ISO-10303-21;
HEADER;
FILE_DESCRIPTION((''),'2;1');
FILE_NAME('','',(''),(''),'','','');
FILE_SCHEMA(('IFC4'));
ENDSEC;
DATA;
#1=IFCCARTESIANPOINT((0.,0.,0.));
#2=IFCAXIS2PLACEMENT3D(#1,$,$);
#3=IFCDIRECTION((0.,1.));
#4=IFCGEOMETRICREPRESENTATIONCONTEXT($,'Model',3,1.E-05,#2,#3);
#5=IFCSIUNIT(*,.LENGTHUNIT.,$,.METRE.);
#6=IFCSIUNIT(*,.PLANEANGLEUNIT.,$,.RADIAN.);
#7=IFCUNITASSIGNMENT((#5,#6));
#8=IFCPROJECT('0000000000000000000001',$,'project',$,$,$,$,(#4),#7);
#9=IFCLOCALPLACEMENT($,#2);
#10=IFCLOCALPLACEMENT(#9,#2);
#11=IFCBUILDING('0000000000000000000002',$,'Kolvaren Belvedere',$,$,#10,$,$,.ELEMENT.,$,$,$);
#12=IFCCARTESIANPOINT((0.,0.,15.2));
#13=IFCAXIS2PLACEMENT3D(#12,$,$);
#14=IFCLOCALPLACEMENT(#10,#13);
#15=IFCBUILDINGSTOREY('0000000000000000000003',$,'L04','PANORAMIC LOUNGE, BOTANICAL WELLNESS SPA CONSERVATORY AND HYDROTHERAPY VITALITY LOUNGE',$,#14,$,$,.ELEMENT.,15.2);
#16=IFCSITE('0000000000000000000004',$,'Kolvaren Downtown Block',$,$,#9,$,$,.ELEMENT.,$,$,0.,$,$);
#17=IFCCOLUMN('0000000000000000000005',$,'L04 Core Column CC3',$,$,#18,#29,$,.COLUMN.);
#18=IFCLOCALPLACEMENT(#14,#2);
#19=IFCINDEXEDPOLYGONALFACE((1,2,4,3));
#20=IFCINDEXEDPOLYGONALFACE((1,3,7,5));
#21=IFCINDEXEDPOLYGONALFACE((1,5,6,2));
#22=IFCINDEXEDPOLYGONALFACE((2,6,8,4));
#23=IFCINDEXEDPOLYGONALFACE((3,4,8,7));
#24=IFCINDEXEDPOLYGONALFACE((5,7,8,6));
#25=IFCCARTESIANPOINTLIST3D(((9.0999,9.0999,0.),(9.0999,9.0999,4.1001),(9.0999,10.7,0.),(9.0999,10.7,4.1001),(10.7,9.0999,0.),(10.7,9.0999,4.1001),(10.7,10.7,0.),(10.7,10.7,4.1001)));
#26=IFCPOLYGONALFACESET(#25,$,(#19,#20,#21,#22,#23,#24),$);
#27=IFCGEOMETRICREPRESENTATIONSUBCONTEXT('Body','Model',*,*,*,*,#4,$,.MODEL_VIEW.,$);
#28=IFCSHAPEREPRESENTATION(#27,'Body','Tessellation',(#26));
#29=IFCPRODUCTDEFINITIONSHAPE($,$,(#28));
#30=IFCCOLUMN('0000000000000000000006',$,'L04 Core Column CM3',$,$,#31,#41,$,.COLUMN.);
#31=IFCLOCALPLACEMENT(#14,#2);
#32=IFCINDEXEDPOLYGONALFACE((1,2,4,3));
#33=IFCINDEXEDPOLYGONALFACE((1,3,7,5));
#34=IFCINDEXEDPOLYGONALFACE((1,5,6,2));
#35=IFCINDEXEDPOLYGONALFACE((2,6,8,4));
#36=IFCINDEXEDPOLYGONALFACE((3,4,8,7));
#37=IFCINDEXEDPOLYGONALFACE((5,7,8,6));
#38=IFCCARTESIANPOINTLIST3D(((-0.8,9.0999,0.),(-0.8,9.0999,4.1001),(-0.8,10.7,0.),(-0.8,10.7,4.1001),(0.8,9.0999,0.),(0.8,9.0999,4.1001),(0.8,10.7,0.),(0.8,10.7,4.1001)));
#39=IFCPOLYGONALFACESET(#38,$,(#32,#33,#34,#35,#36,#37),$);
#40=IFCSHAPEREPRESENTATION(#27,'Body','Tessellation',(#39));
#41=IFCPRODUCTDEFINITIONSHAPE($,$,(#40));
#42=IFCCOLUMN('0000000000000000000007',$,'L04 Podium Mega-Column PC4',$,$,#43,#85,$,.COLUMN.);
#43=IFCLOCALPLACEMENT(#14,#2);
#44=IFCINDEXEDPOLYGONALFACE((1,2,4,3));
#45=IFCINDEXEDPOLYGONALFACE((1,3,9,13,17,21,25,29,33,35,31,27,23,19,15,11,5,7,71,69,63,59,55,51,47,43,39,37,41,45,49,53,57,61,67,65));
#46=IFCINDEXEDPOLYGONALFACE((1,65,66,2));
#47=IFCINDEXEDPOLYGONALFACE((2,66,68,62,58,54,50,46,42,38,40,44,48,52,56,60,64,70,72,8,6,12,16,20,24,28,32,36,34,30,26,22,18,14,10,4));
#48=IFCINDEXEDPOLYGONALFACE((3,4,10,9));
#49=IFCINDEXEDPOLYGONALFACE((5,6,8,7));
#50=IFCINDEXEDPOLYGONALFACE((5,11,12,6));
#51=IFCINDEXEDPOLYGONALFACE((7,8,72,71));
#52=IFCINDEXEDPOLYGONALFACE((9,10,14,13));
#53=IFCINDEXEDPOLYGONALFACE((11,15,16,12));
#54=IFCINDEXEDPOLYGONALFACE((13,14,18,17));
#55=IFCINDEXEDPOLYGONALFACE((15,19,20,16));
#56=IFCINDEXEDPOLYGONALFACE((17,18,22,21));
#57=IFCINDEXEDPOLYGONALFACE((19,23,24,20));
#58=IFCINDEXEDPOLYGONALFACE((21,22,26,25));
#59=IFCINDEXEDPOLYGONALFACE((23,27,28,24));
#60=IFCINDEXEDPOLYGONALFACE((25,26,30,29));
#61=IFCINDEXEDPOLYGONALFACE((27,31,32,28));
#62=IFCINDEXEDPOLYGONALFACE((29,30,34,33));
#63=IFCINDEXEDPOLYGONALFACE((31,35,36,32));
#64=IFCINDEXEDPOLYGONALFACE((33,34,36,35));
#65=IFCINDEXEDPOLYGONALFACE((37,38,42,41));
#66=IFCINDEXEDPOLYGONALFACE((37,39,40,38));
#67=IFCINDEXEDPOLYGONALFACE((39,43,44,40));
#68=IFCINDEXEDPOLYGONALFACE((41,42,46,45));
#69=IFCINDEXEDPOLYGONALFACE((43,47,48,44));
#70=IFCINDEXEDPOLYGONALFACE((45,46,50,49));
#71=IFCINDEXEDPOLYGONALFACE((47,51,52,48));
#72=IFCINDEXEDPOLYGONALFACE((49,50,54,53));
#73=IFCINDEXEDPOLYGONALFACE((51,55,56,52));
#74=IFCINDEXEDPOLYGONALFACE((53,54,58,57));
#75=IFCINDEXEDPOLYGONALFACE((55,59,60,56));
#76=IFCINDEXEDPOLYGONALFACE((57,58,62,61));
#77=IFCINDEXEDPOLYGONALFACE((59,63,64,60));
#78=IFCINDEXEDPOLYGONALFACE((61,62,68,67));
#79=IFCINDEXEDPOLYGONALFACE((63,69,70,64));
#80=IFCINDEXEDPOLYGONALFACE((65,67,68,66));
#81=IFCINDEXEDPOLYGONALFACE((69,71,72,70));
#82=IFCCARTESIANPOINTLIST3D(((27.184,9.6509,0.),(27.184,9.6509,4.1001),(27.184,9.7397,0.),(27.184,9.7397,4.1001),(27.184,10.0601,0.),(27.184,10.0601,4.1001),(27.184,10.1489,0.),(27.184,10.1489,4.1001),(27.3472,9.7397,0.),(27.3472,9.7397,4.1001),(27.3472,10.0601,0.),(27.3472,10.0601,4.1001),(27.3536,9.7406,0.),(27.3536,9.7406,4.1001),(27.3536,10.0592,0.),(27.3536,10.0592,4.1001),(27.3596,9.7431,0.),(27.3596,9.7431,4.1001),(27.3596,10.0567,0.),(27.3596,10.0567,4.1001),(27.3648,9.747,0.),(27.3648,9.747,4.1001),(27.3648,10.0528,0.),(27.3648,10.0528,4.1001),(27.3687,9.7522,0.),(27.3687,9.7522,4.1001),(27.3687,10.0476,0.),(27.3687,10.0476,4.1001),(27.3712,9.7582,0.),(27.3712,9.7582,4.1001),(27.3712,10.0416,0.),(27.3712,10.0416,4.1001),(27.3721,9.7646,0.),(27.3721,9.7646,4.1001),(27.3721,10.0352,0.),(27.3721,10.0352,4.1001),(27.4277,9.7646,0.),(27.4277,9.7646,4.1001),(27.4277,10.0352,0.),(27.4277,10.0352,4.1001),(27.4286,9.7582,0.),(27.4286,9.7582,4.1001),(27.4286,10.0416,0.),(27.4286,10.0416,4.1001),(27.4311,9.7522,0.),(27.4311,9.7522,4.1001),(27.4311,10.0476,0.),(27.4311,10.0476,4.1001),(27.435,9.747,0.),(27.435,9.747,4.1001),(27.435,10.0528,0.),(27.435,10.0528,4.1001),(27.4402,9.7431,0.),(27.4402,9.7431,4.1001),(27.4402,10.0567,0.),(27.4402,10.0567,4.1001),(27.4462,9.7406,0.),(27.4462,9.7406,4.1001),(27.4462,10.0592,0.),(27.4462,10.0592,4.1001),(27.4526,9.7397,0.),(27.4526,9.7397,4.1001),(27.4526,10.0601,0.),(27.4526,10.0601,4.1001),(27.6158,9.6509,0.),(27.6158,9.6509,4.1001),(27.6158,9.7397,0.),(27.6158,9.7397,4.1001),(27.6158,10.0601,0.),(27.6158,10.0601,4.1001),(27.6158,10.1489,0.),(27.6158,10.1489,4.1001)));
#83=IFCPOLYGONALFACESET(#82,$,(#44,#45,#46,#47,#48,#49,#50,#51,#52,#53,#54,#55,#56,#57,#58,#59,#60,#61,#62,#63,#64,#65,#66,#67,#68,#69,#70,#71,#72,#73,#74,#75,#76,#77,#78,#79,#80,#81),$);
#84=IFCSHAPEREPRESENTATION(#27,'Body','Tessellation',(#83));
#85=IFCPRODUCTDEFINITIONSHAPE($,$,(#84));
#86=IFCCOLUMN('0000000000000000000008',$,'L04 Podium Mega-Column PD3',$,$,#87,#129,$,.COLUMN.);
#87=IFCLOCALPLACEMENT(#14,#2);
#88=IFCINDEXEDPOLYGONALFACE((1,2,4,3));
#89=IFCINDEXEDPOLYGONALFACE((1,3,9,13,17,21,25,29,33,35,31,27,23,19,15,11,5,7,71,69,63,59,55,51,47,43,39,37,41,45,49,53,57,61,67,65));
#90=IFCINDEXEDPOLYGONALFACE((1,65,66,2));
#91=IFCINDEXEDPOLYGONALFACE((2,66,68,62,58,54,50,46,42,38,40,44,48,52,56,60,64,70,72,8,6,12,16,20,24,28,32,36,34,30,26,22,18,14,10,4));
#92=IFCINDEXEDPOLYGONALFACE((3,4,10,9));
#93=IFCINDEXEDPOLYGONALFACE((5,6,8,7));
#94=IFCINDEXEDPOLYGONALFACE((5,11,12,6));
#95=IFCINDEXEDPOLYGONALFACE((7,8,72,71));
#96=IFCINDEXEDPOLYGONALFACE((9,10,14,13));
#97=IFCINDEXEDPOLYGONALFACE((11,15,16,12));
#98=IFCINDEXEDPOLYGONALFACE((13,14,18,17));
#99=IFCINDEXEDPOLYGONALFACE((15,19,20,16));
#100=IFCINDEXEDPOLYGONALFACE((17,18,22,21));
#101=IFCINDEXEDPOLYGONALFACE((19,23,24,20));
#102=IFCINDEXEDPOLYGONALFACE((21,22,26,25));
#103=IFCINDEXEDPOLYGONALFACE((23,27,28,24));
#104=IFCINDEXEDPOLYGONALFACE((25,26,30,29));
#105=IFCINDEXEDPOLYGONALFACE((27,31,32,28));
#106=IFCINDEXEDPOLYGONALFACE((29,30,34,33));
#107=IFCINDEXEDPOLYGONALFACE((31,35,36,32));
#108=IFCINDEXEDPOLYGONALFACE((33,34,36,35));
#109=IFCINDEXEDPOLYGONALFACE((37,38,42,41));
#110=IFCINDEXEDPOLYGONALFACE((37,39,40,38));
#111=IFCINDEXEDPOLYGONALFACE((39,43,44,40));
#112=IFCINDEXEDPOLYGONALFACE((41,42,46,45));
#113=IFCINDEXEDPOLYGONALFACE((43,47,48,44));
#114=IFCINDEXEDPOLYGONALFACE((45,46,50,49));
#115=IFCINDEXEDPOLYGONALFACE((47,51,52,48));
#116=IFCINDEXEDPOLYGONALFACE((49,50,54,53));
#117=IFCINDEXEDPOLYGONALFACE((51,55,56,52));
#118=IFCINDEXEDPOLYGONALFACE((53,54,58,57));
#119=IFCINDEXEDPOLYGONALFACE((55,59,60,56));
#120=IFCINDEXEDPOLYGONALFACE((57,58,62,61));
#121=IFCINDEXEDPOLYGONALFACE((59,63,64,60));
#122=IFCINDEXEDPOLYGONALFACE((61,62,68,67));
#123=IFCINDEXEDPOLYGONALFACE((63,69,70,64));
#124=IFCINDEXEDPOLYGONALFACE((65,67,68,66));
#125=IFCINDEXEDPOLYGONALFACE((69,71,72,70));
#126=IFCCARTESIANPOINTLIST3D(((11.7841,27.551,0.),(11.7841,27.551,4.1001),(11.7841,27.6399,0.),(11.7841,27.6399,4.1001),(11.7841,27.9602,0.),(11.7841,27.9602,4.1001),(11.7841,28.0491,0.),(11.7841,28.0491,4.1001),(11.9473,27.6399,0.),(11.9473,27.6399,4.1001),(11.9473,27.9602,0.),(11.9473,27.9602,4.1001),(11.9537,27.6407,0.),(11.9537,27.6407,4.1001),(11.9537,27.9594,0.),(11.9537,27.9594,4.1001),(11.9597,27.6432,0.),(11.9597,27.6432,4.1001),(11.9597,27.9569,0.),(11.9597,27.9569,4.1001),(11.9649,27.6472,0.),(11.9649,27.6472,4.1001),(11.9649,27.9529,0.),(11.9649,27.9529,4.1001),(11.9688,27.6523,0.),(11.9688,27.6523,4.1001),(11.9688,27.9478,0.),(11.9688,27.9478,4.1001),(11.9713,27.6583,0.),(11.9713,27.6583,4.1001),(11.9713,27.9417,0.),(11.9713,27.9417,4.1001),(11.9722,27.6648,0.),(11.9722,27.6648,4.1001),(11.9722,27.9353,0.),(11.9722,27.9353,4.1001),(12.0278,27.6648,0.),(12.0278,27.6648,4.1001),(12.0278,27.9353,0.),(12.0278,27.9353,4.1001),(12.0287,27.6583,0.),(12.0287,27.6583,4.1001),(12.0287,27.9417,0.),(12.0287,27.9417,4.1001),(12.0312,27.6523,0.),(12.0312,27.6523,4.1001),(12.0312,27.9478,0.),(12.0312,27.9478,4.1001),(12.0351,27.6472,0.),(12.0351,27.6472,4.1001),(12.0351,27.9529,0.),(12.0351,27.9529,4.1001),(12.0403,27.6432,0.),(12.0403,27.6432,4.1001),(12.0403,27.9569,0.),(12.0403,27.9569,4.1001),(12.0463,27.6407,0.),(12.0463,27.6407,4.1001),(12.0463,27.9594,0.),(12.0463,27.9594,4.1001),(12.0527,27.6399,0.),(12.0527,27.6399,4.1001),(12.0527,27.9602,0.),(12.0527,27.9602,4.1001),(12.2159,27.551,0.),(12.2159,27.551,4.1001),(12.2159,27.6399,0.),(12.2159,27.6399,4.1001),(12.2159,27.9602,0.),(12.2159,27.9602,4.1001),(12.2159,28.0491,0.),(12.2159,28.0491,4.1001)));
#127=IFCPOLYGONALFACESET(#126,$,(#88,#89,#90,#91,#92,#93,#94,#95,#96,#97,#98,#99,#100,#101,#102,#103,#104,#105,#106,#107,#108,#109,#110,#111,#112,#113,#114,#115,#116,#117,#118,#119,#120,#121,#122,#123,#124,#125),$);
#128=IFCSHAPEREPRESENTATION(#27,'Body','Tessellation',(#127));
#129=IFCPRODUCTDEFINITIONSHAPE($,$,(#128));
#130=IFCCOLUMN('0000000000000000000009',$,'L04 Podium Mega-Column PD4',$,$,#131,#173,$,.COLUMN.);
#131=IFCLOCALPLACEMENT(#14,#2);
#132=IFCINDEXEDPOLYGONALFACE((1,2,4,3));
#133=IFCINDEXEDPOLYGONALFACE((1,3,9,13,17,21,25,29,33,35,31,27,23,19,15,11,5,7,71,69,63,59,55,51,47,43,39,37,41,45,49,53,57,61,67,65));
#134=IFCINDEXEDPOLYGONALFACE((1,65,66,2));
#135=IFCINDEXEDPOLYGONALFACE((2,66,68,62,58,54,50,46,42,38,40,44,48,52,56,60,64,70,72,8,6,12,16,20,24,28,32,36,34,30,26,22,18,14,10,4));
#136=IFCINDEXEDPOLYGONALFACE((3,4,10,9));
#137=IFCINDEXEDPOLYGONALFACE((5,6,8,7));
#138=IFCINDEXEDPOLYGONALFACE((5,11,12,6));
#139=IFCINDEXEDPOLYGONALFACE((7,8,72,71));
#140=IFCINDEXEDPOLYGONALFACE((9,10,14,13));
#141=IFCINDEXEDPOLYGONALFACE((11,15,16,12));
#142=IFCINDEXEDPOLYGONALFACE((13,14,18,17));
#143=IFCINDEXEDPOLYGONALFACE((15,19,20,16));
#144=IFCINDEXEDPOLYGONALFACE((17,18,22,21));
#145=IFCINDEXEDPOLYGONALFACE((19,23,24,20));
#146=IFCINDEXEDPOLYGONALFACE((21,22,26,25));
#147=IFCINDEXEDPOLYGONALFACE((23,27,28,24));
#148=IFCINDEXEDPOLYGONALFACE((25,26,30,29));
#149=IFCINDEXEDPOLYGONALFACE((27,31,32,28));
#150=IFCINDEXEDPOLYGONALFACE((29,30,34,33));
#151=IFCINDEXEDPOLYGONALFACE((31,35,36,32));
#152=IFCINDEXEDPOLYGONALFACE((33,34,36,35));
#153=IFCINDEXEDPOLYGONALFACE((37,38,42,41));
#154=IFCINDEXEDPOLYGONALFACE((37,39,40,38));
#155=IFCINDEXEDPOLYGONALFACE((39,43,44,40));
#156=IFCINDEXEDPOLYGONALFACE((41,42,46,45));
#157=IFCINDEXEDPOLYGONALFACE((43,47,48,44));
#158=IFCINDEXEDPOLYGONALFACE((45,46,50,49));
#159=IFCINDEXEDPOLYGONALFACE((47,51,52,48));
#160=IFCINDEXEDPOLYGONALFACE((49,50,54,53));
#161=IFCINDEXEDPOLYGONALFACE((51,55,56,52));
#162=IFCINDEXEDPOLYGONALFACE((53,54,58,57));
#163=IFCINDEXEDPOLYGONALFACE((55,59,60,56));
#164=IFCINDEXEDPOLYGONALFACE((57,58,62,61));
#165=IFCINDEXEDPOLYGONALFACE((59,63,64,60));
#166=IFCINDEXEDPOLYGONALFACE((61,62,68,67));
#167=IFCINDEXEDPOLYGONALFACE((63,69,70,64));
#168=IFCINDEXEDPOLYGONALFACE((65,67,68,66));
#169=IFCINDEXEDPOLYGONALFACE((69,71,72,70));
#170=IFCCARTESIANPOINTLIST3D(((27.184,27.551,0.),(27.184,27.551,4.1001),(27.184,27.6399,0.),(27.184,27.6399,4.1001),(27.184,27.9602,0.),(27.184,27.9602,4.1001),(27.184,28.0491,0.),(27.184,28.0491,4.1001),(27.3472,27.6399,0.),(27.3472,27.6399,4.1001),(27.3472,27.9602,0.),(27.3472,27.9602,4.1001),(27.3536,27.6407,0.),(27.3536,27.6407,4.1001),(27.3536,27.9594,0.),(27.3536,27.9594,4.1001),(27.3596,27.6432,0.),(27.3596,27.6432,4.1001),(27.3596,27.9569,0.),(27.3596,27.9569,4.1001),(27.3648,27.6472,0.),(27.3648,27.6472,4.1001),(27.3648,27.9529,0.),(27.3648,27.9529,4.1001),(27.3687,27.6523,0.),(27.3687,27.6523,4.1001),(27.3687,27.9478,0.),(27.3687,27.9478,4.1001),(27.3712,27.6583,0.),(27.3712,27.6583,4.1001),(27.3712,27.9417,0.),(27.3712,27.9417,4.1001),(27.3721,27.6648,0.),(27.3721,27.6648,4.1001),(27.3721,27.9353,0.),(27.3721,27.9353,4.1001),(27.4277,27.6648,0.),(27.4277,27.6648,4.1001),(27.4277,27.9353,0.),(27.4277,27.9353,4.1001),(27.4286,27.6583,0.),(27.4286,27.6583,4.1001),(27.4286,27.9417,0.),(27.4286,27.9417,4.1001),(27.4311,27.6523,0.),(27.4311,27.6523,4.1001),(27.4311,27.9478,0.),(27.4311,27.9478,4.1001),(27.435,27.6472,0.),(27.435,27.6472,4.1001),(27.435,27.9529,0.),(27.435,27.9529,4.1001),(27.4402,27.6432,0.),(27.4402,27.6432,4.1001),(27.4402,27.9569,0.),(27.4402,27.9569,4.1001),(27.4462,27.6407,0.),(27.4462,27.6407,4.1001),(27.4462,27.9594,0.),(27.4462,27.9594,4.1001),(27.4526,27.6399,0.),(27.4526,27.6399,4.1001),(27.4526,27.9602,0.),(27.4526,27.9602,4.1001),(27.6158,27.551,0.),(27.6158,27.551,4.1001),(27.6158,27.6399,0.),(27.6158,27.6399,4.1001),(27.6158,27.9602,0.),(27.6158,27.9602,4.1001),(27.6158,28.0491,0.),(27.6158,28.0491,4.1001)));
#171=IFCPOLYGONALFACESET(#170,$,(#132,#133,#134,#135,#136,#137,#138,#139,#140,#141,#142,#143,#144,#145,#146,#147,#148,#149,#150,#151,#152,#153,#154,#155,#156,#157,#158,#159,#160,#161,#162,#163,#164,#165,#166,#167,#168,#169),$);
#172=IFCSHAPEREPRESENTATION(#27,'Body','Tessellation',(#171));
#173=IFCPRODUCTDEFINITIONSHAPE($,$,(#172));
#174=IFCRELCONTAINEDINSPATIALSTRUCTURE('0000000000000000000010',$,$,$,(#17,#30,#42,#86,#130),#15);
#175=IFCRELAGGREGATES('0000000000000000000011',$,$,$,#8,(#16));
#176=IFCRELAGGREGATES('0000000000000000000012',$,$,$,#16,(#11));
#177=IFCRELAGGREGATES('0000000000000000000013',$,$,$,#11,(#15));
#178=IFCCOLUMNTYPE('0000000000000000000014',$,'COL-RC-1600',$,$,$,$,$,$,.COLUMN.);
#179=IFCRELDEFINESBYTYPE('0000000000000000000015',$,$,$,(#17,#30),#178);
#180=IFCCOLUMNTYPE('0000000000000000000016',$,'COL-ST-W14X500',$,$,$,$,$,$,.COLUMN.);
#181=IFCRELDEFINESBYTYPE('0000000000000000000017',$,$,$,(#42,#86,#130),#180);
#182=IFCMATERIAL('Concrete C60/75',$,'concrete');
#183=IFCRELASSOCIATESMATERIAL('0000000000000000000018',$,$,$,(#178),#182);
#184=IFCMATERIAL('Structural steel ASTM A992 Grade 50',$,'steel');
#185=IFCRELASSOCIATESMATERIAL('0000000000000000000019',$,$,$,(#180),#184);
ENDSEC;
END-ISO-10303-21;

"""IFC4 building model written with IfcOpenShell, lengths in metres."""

from ifc_helpers import new_model, si_unit, direction, frame, origin, origin_2d, place, context, subcontext, project, spatial, rectangle, i_section, extrude, material, material_profile, profile_set, type_object, element, save


model = new_model("IFC4")

# Units and contexts
model_context = context("Model", 3, precision=1e-05, world=origin(), true_north=direction((0.0, 1.0)))
body_context = subcontext(model_context, "Body", "Model", "MODEL_VIEW")
ifc_project = project(units=[si_unit("LENGTHUNIT", "METRE"), si_unit("PLANEANGLEUNIT", "RADIAN")], contexts=[model_context])

# Site, building, storey
site_placement = place(None, origin())
site = spatial("IfcSite", under=ifc_project, at=site_placement, Name="Kolvaren Downtown Block", CompositionType="ELEMENT", RefElevation=0.0)
building_placement = place(site_placement, origin())
building = spatial("IfcBuilding", under=site, at=building_placement, Name="Kolvaren Belvedere", CompositionType="ELEMENT")
storey_placement = place(building_placement, frame((0.0, 0.0, 15.2)))
storey = spatial("IfcBuildingStorey", under=building, at=storey_placement, Name="L04", Description="PANORAMIC LOUNGE, BOTANICAL WELLNESS SPA CONSERVATORY AND HYDROTHERAPY VITALITY LOUNGE", CompositionType="ELEMENT", Elevation=15.2)

# Columns
ifc_material_1 = material(Name="Concrete C60/75", Category="concrete")
ifc_material_profile_1 = material_profile(ifc_material_1, rectangle(XDim=1.6001, YDim=1.6001, at=origin_2d()), Name="RC 1600X1600")
ifc_profile_set_1 = profile_set([ifc_material_profile_1], Name="Concrete C60/75")
column_type_1 = type_object("IfcColumnType", Name="COL-RC-1600", PredefinedType="COLUMN", material=ifc_profile_set_1)
for number, where, z_axis, x_axis, name in (
    (1, (9.8999, 9.8999, 0.0), (0.0, 0.0, 1.0), (1.0, 0.0, 0.0), "L04 Core Column CC3"),
    (2, (0.0, 9.8999, 0.0), (0.0, 0.0, 1.0), (1.0, 0.0, 0.0), "L04 Core Column CM3"),
):
    element("IfcColumn", number, at=place(storey_placement, frame(where, z_axis=z_axis, x_axis=x_axis)), inside=storey, type_object=column_type_1, Name=name, PredefinedType="COLUMN", context=body_context, shape_type="SweptSolid", body=[
        extrude(rectangle(XDim=1.6001, YDim=1.6001, at=origin_2d()), origin(), (0.0, 0.0, 1.0), 4.1001),
    ])
ifc_material_2 = material(Name="Structural steel ASTM A992 Grade 50", Category="steel")
ifc_material_profile_2 = material_profile(ifc_material_2, i_section(OverallWidth=0.4319, OverallDepth=0.498, WebThickness=0.0557, FlangeThickness=0.0889, FilletRadius=0.0249, at=origin_2d()), Name="W14X500")
ifc_profile_set_2 = profile_set([ifc_material_profile_2], Name="Structural steel ASTM A992 Grade 50")
column_type_2 = type_object("IfcColumnType", Name="COL-ST-W14X500", PredefinedType="COLUMN", material=ifc_profile_set_2)
for number, where, z_axis, x_axis, name in (
    (3, (27.3999, 9.8999, 0.0), (0.0, 0.0, 1.0), (1.0, 0.0, 0.0), "L04 Podium Mega-Column PC4"),
    (4, (12.0, 27.8, 0.0), (0.0, 0.0, 1.0), (1.0, 0.0, 0.0), "L04 Podium Mega-Column PD3"),
    (5, (27.3999, 27.8, 0.0), (0.0, 0.0, 1.0), (1.0, 0.0, 0.0), "L04 Podium Mega-Column PD4"),
):
    element("IfcColumn", number, at=place(storey_placement, frame(where, z_axis=z_axis, x_axis=x_axis)), inside=storey, type_object=column_type_2, Name=name, PredefinedType="COLUMN", context=body_context, shape_type="SweptSolid", body=[
        extrude(i_section(OverallWidth=0.4319, OverallDepth=0.498, WebThickness=0.0557, FlangeThickness=0.0889, FilletRadius=0.0249, at=origin_2d()), origin(), (0.0, 0.0, 1.0), 4.1001),
    ])

save(model, "model.ifc")
